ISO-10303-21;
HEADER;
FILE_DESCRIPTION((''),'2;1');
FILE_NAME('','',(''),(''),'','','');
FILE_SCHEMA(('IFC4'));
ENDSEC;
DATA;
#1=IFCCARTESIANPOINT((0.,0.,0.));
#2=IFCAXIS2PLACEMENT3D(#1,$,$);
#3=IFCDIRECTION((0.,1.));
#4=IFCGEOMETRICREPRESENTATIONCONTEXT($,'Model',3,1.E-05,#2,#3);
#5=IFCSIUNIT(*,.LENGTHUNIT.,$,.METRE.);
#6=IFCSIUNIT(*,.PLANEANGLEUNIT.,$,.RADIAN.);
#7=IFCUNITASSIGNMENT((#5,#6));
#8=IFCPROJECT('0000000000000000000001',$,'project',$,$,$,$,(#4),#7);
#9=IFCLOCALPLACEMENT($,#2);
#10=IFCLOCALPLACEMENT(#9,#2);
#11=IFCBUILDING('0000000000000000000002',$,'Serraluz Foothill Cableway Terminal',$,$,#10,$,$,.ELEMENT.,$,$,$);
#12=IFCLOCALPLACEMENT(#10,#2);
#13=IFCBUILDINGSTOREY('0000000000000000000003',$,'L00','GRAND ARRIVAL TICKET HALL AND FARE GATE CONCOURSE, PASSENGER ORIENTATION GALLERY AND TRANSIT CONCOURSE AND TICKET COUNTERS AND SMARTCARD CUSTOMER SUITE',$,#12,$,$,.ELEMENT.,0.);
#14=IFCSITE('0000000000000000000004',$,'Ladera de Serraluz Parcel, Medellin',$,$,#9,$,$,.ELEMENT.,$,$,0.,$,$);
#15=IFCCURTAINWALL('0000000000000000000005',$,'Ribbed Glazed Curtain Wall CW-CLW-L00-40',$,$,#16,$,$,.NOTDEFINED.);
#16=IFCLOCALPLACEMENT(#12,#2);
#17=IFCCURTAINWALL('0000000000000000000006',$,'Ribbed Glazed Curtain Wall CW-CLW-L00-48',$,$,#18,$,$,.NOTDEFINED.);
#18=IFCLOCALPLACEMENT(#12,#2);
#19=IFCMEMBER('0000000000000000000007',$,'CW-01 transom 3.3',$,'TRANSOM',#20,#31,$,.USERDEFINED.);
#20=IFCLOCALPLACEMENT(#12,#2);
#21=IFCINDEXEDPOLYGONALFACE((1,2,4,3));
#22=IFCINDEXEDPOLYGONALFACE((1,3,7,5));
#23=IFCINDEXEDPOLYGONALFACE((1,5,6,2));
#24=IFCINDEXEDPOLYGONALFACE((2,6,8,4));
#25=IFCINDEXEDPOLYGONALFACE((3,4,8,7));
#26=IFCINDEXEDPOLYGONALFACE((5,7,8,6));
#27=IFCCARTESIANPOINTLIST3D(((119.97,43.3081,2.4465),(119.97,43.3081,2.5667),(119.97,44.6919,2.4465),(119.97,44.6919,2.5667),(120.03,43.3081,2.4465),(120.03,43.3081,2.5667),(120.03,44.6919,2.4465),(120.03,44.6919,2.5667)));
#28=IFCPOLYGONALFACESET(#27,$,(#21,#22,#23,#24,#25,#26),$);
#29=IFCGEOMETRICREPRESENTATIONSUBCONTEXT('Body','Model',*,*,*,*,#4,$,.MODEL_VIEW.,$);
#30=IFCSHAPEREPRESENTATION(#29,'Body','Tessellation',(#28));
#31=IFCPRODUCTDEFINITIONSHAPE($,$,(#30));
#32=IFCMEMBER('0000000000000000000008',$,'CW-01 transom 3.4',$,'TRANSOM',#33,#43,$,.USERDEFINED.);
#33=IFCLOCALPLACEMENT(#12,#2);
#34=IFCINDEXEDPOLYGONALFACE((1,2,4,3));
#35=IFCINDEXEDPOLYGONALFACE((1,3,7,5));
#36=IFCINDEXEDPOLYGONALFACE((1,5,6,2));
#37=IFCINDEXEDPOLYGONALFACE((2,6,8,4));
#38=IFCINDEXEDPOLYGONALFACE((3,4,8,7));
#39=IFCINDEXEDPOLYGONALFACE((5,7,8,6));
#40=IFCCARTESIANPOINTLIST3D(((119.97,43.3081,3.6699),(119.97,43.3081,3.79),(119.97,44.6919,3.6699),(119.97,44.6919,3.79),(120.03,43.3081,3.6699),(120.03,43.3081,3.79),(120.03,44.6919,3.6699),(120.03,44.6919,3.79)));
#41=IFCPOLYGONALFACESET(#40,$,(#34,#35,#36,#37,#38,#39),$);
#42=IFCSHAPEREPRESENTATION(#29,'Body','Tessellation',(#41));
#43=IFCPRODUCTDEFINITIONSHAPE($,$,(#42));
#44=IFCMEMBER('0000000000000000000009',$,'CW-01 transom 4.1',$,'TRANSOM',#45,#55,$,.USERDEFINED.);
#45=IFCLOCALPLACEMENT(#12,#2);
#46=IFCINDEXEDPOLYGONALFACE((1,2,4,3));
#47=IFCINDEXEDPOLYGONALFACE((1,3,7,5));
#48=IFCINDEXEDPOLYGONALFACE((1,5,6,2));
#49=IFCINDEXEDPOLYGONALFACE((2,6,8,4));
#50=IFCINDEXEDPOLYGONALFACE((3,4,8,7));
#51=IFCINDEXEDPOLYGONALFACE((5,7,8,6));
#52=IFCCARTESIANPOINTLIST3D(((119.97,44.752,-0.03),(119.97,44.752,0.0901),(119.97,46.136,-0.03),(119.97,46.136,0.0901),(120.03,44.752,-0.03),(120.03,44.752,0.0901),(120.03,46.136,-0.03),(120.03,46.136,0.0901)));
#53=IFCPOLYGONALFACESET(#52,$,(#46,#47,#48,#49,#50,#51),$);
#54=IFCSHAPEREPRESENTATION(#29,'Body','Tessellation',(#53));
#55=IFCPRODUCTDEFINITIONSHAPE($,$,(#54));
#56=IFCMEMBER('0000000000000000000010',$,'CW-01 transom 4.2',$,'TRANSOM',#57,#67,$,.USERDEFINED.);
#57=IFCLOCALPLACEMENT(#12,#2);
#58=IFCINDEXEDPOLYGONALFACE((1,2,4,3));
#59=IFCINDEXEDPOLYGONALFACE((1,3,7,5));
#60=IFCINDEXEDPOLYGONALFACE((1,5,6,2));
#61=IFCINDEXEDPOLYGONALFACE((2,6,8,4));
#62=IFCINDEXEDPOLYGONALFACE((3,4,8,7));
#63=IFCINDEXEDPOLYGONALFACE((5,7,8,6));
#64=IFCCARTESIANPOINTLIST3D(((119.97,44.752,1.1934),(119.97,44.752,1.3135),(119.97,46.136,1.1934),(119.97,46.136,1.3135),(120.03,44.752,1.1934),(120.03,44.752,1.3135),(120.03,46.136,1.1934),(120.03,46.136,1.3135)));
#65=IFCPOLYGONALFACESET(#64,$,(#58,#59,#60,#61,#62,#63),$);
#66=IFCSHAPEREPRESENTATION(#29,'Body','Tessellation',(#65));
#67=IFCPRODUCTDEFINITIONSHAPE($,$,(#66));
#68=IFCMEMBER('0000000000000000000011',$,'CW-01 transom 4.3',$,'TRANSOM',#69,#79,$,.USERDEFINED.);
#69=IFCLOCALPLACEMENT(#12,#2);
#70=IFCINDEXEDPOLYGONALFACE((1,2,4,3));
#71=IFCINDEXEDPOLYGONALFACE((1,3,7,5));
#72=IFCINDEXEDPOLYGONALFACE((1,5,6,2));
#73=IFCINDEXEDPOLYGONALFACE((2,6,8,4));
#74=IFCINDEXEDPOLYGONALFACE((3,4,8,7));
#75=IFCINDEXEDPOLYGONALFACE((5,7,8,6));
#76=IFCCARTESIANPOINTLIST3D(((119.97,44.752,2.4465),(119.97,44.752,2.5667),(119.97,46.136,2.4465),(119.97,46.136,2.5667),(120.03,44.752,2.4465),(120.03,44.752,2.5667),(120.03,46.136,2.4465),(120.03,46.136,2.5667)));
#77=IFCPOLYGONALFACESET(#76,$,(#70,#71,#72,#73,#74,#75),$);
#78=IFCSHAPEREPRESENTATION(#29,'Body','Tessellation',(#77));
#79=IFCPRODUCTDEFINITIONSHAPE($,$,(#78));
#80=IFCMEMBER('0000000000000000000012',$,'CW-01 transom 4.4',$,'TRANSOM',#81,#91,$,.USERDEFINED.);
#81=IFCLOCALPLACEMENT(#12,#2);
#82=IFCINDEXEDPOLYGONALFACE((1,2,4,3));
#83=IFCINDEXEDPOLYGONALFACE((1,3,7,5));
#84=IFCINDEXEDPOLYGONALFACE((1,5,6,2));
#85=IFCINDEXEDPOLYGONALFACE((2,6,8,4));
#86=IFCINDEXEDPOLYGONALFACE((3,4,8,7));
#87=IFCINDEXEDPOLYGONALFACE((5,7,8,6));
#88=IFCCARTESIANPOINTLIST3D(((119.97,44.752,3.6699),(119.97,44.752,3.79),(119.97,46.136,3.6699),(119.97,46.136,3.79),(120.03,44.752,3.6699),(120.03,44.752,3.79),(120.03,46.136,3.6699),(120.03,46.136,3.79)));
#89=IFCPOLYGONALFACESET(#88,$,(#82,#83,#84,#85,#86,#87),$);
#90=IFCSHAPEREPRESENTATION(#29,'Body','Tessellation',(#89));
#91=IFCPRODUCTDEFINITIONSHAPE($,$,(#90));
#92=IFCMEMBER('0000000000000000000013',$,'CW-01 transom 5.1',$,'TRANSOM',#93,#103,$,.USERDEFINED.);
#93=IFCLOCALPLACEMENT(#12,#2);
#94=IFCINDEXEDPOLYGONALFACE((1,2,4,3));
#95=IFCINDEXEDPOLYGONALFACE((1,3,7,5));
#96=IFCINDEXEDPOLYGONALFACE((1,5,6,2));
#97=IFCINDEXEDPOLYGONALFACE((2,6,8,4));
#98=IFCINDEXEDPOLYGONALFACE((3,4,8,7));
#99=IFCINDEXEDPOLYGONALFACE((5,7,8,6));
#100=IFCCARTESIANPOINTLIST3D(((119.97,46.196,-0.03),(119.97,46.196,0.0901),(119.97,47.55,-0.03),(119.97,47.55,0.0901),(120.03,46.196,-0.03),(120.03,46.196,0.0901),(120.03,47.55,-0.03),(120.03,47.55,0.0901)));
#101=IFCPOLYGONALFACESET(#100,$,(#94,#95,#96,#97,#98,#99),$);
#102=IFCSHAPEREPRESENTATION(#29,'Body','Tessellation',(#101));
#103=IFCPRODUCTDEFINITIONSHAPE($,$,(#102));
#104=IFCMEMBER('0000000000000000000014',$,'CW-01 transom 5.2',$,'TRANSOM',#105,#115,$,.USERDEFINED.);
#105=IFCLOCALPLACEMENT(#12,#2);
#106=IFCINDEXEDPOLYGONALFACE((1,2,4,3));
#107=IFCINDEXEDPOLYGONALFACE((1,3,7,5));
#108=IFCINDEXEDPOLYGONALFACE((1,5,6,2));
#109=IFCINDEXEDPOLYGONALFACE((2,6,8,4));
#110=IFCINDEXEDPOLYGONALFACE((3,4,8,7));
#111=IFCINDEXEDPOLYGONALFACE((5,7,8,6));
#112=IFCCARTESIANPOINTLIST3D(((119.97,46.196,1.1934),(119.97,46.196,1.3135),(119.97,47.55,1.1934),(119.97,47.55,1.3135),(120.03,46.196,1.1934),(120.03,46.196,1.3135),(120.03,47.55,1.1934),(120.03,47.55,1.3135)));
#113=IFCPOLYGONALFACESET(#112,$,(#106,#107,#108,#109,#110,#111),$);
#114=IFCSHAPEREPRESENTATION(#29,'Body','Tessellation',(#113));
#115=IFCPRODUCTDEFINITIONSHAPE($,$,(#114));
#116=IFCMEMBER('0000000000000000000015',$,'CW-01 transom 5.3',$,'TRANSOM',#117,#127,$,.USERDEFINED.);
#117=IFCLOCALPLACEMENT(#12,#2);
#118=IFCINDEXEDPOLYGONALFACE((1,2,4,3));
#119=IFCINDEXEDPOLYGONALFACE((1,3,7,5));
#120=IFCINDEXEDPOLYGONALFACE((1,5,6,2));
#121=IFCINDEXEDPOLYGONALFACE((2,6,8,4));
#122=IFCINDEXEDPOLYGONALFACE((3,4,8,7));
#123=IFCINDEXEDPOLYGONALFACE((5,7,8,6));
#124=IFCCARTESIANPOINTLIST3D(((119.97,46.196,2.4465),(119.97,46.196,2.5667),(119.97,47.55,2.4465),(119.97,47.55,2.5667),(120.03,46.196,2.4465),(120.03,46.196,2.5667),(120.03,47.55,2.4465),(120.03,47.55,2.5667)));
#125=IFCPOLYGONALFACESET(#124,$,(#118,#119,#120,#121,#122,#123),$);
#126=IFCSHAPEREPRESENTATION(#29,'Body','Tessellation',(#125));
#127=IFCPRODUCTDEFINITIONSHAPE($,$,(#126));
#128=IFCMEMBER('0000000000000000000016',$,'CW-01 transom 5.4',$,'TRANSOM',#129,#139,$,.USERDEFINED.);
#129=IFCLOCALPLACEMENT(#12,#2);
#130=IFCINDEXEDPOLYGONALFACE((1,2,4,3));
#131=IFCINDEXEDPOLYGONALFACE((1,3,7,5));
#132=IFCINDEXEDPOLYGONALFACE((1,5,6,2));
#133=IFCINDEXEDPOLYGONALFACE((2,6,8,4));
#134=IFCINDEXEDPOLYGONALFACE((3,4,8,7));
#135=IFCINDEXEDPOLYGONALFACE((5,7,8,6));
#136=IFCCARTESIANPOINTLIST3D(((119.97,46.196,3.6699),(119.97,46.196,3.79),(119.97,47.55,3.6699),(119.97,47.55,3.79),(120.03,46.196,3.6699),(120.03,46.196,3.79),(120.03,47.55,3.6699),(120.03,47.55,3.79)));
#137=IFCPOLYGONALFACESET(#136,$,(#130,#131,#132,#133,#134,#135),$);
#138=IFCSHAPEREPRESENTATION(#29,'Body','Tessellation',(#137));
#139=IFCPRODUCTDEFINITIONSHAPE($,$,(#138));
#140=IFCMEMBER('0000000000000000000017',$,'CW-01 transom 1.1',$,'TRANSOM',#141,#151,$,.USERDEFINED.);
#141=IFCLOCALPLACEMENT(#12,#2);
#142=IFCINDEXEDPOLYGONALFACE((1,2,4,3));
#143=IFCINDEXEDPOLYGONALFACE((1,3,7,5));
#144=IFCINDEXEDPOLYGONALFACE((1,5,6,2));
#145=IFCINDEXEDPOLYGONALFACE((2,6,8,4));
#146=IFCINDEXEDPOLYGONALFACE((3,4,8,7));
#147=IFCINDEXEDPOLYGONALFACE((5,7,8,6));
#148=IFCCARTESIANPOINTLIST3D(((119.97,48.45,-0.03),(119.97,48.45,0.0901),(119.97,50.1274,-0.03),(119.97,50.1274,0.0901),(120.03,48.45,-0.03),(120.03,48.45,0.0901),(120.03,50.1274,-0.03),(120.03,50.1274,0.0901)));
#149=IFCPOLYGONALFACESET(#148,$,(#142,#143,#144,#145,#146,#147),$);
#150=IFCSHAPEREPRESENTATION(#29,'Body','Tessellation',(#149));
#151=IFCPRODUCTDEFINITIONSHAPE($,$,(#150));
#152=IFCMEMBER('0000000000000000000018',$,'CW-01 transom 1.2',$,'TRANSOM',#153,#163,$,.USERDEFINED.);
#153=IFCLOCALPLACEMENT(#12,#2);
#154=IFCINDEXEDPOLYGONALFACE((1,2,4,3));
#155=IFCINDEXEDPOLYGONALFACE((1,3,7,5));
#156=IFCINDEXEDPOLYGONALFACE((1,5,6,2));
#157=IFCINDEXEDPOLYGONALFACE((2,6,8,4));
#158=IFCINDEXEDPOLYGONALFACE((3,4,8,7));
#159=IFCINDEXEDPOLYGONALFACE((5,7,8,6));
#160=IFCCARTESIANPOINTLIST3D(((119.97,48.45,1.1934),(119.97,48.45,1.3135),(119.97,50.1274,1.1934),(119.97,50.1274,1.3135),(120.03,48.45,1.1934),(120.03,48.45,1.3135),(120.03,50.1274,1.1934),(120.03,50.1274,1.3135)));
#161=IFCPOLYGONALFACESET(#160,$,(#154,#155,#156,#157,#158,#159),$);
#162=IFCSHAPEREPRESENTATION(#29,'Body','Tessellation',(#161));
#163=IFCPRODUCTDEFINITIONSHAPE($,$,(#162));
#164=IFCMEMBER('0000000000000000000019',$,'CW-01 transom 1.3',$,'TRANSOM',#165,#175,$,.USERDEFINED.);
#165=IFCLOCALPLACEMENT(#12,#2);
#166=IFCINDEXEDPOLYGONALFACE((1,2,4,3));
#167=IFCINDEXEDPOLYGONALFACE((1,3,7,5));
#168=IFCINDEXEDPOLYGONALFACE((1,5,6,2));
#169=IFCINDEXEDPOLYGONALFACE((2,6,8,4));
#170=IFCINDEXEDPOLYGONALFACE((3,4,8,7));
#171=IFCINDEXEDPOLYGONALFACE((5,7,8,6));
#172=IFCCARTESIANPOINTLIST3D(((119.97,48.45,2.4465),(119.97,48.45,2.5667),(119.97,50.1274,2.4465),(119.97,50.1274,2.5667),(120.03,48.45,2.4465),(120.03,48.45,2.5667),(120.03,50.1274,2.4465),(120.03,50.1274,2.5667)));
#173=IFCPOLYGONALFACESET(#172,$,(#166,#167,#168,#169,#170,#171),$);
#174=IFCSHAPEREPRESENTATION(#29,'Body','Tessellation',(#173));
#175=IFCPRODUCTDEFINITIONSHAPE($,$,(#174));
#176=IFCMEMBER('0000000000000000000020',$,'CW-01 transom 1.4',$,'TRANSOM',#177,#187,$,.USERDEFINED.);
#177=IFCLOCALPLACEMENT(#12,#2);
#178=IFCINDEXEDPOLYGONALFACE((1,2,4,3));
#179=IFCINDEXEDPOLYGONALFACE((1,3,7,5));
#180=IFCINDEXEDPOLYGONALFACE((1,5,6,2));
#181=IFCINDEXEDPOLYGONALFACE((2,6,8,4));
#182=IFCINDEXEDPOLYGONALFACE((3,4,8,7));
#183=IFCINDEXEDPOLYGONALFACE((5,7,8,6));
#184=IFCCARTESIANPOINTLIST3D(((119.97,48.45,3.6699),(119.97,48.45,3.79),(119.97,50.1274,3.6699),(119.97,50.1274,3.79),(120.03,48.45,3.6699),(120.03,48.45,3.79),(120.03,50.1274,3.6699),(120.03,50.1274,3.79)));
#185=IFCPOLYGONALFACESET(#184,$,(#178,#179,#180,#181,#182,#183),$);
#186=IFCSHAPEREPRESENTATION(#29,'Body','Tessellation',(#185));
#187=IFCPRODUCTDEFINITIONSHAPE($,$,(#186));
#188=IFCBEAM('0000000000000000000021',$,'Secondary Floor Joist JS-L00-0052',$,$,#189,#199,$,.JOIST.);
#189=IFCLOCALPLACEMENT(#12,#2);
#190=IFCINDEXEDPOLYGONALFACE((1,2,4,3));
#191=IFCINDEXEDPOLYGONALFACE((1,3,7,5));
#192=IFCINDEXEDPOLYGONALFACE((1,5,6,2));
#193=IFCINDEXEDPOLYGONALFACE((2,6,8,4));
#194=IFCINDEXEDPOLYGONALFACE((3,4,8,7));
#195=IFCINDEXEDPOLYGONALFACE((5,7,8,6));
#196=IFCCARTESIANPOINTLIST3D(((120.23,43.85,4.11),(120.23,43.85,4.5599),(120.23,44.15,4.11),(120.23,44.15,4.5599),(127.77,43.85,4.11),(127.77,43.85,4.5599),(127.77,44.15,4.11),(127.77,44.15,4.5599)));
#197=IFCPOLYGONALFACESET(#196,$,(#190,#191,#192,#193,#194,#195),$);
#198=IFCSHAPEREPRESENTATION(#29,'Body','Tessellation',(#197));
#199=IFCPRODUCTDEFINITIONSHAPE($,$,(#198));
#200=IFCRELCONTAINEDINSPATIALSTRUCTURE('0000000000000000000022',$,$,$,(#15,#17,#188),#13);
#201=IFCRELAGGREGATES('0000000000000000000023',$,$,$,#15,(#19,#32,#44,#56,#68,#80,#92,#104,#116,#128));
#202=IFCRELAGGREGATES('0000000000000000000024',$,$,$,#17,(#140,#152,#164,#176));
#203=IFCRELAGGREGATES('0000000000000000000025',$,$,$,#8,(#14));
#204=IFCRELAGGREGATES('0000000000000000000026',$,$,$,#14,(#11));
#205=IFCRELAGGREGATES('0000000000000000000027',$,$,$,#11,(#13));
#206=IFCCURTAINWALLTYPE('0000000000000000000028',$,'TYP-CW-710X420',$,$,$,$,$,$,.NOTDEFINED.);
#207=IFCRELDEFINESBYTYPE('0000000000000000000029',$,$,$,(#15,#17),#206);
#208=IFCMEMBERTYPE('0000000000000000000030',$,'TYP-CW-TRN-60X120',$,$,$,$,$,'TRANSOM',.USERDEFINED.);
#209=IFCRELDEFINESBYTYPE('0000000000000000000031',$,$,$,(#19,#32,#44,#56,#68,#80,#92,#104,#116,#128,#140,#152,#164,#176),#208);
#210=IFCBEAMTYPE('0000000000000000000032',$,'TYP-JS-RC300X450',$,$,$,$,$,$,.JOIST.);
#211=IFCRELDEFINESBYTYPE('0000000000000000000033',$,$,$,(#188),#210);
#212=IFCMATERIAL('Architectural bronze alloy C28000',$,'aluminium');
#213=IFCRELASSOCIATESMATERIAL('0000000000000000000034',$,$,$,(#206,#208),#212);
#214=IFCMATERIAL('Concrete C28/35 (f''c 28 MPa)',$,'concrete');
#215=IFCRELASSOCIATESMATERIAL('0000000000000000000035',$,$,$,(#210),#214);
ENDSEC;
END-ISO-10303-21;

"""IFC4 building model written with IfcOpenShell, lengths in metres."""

from ifc_helpers import new_model, si_unit, direction, frame, origin, origin_2d, place, context, subcontext, project, spatial, rectangle, extrude, material, material_profile, profile_set, type_object, element, aggregate, save


model = new_model("IFC4")

# Units and contexts
model_context = context("Model", 3, precision=1e-05, world=origin(), true_north=direction((0.0, 1.0)))
body_context = subcontext(model_context, "Body", "Model", "MODEL_VIEW")
ifc_project = project(units=[si_unit("LENGTHUNIT", "METRE"), si_unit("PLANEANGLEUNIT", "RADIAN")], contexts=[model_context])

# Site, building, storey
site_placement = place(None, origin())
site = spatial("IfcSite", under=ifc_project, at=site_placement, Name="Ladera de Serraluz Parcel, Medellin", CompositionType="ELEMENT", RefElevation=0.0)
building_placement = place(site_placement, origin())
building = spatial("IfcBuilding", under=site, at=building_placement, Name="Serraluz Foothill Cableway Terminal", CompositionType="ELEMENT")
storey_placement = place(building_placement, origin())
storey = spatial("IfcBuildingStorey", under=building, at=storey_placement, Name="L00", Description="GRAND ARRIVAL TICKET HALL AND FARE GATE CONCOURSE, PASSENGER ORIENTATION GALLERY AND TRANSIT CONCOURSE AND TICKET COUNTERS AND SMARTCARD CUSTOMER SUITE", CompositionType="ELEMENT", Elevation=0.0)

# Shared definitions
ifc_material_1 = material(Name="Concrete C28/35 (f'c 28 MPa)", Category="concrete")

# Curtain wall
ifc_material_2 = material(Name="Architectural bronze alloy C28000", Category="aluminium")
curtain_wall_type = type_object("IfcCurtainWallType", Name="TYP-CW-710X420", PredefinedType="NOTDEFINED", material=ifc_material_2)
curtain_wall_1_placement = place(storey_placement, origin())
curtain_wall_1 = element("IfcCurtainWall", 1, at=curtain_wall_1_placement, inside=storey, type_object=curtain_wall_type, Name="Ribbed Glazed Curtain Wall CW-CLW-L00-40", PredefinedType="NOTDEFINED")

# Curtain wall
curtain_wall_2_placement = place(storey_placement, origin())
curtain_wall_2 = element("IfcCurtainWall", 2, at=curtain_wall_2_placement, inside=storey, type_object=curtain_wall_type, Name="Ribbed Glazed Curtain Wall CW-CLW-L00-48", PredefinedType="NOTDEFINED")

# Members
ifc_material_profile_1 = material_profile(ifc_material_2, rectangle(XDim=0.0601, YDim=0.1201, at=origin_2d()), Name="ALU TRANSOM 60x120")
ifc_profile_set_1 = profile_set([ifc_material_profile_1], Name="Architectural bronze alloy C28000")
member_type_1 = type_object("IfcMemberType", Name="TYP-CW-TRN-60X120", ElementType="TRANSOM", PredefinedType="USERDEFINED", material=ifc_profile_set_1)
member_1_placement = place(storey_placement, frame((120.0, 43.3081, 2.5066), z_axis=(0.0, 1.0, 0.0), x_axis=(-1.0, 0.0, 0.0)))
member_1 = element("IfcMember", 3, at=member_1_placement, type_object=member_type_1, Name="CW-01 transom 3.3", ObjectType="TRANSOM", PredefinedType="USERDEFINED", context=body_context, shape_type="SweptSolid", body=[
    extrude(rectangle(XDim=0.0601, YDim=0.1201, at=origin_2d()), origin(), (0.0, 0.0, 1.0), 1.3838),
])
member_2_placement = place(storey_placement, frame((120.0, 43.3081, 3.73), z_axis=(0.0, 1.0, 0.0), x_axis=(-1.0, 0.0, 0.0)))
member_2 = element("IfcMember", 4, at=member_2_placement, type_object=member_type_1, Name="CW-01 transom 3.4", ObjectType="TRANSOM", PredefinedType="USERDEFINED", context=body_context, shape_type="SweptSolid", body=[
    extrude(rectangle(XDim=0.0601, YDim=0.1201, at=origin_2d()), origin(), (0.0, 0.0, 1.0), 1.3838),
])
member_3_placement = place(storey_placement, frame((120.0, 44.752, 0.03), z_axis=(0.0, 1.0, 0.0), x_axis=(-1.0, 0.0, 0.0)))
member_3 = element("IfcMember", 5, at=member_3_placement, type_object=member_type_1, Name="CW-01 transom 4.1", ObjectType="TRANSOM", PredefinedType="USERDEFINED", context=body_context, shape_type="SweptSolid", body=[
    extrude(rectangle(XDim=0.0601, YDim=0.1201, at=origin_2d()), origin(), (0.0, 0.0, 1.0), 1.384),
])
member_4_placement = place(storey_placement, frame((120.0, 44.752, 1.2534), z_axis=(0.0, 1.0, 0.0), x_axis=(-1.0, 0.0, 0.0)))
member_4 = element("IfcMember", 6, at=member_4_placement, type_object=member_type_1, Name="CW-01 transom 4.2", ObjectType="TRANSOM", PredefinedType="USERDEFINED", context=body_context, shape_type="SweptSolid", body=[
    extrude(rectangle(XDim=0.0601, YDim=0.1201, at=origin_2d()), origin(), (0.0, 0.0, 1.0), 1.384),
])
member_5_placement = place(storey_placement, frame((120.0, 44.752, 2.5066), z_axis=(0.0, 1.0, 0.0), x_axis=(-1.0, 0.0, 0.0)))
member_5 = element("IfcMember", 7, at=member_5_placement, type_object=member_type_1, Name="CW-01 transom 4.3", ObjectType="TRANSOM", PredefinedType="USERDEFINED", context=body_context, shape_type="SweptSolid", body=[
    extrude(rectangle(XDim=0.0601, YDim=0.1201, at=origin_2d()), origin(), (0.0, 0.0, 1.0), 1.384),
])
member_6_placement = place(storey_placement, frame((120.0, 44.752, 3.73), z_axis=(0.0, 1.0, 0.0), x_axis=(-1.0, 0.0, 0.0)))
member_6 = element("IfcMember", 8, at=member_6_placement, type_object=member_type_1, Name="CW-01 transom 4.4", ObjectType="TRANSOM", PredefinedType="USERDEFINED", context=body_context, shape_type="SweptSolid", body=[
    extrude(rectangle(XDim=0.0601, YDim=0.1201, at=origin_2d()), origin(), (0.0, 0.0, 1.0), 1.384),
])
member_7_placement = place(storey_placement, frame((120.0, 46.196, 0.03), z_axis=(0.0, 1.0, 0.0), x_axis=(-1.0, 0.0, 0.0)))
member_7 = element("IfcMember", 9, at=member_7_placement, type_object=member_type_1, Name="CW-01 transom 5.1", ObjectType="TRANSOM", PredefinedType="USERDEFINED", context=body_context, shape_type="SweptSolid", body=[
    extrude(rectangle(XDim=0.0601, YDim=0.1201, at=origin_2d()), origin(), (0.0, 0.0, 1.0), 1.354),
])
member_8_placement = place(storey_placement, frame((120.0, 46.196, 1.2534), z_axis=(0.0, 1.0, 0.0), x_axis=(-1.0, 0.0, 0.0)))
member_8 = element("IfcMember", 10, at=member_8_placement, type_object=member_type_1, Name="CW-01 transom 5.2", ObjectType="TRANSOM", PredefinedType="USERDEFINED", context=body_context, shape_type="SweptSolid", body=[
    extrude(rectangle(XDim=0.0601, YDim=0.1201, at=origin_2d()), origin(), (0.0, 0.0, 1.0), 1.354),
])
member_9_placement = place(storey_placement, frame((120.0, 46.196, 2.5066), z_axis=(0.0, 1.0, 0.0), x_axis=(-1.0, 0.0, 0.0)))
member_9 = element("IfcMember", 11, at=member_9_placement, type_object=member_type_1, Name="CW-01 transom 5.3", ObjectType="TRANSOM", PredefinedType="USERDEFINED", context=body_context, shape_type="SweptSolid", body=[
    extrude(rectangle(XDim=0.0601, YDim=0.1201, at=origin_2d()), origin(), (0.0, 0.0, 1.0), 1.354),
])
member_10_placement = place(storey_placement, frame((120.0, 46.196, 3.73), z_axis=(0.0, 1.0, 0.0), x_axis=(-1.0, 0.0, 0.0)))
member_10 = element("IfcMember", 12, at=member_10_placement, type_object=member_type_1, Name="CW-01 transom 5.4", ObjectType="TRANSOM", PredefinedType="USERDEFINED", context=body_context, shape_type="SweptSolid", body=[
    extrude(rectangle(XDim=0.0601, YDim=0.1201, at=origin_2d()), origin(), (0.0, 0.0, 1.0), 1.354),
])
member_11_placement = place(storey_placement, frame((120.0, 48.45, 0.03), z_axis=(0.0, 1.0, 0.0), x_axis=(-1.0, 0.0, 0.0)))
member_11 = element("IfcMember", 13, at=member_11_placement, type_object=member_type_1, Name="CW-01 transom 1.1", ObjectType="TRANSOM", PredefinedType="USERDEFINED", context=body_context, shape_type="SweptSolid", body=[
    extrude(rectangle(XDim=0.0601, YDim=0.1201, at=origin_2d()), origin(), (0.0, 0.0, 1.0), 1.6775),
])
member_12_placement = place(storey_placement, frame((120.0, 48.45, 1.2534), z_axis=(0.0, 1.0, 0.0), x_axis=(-1.0, 0.0, 0.0)))
member_12 = element("IfcMember", 14, at=member_12_placement, type_object=member_type_1, Name="CW-01 transom 1.2", ObjectType="TRANSOM", PredefinedType="USERDEFINED", context=body_context, shape_type="SweptSolid", body=[
    extrude(rectangle(XDim=0.0601, YDim=0.1201, at=origin_2d()), origin(), (0.0, 0.0, 1.0), 1.6775),
])
member_13_placement = place(storey_placement, frame((120.0, 48.45, 2.5066), z_axis=(0.0, 1.0, 0.0), x_axis=(-1.0, 0.0, 0.0)))
member_13 = element("IfcMember", 15, at=member_13_placement, type_object=member_type_1, Name="CW-01 transom 1.3", ObjectType="TRANSOM", PredefinedType="USERDEFINED", context=body_context, shape_type="SweptSolid", body=[
    extrude(rectangle(XDim=0.0601, YDim=0.1201, at=origin_2d()), origin(), (0.0, 0.0, 1.0), 1.6775),
])
member_14_placement = place(storey_placement, frame((120.0, 48.45, 3.73), z_axis=(0.0, 1.0, 0.0), x_axis=(-1.0, 0.0, 0.0)))
member_14 = element("IfcMember", 16, at=member_14_placement, type_object=member_type_1, Name="CW-01 transom 1.4", ObjectType="TRANSOM", PredefinedType="USERDEFINED", context=body_context, shape_type="SweptSolid", body=[
    extrude(rectangle(XDim=0.0601, YDim=0.1201, at=origin_2d()), origin(), (0.0, 0.0, 1.0), 1.6775),
])

# Beam
ifc_material_profile_2 = material_profile(ifc_material_1, rectangle(XDim=0.3, YDim=0.45, at=origin_2d()), Name="RC 300x450")
ifc_profile_set_2 = profile_set([ifc_material_profile_2], Name="Concrete C28/35 (f'c 28 MPa)")
beam_type_1 = type_object("IfcBeamType", Name="TYP-JS-RC300X450", PredefinedType="JOIST", material=ifc_profile_set_2)
beam_1_placement = place(storey_placement, frame((120.23, 44.0, 4.335), z_axis=(1.0, 0.0, 0.0), x_axis=(0.0, 1.0, 0.0)))
element("IfcBeam", 17, at=beam_1_placement, inside=storey, type_object=beam_type_1, Name="Secondary Floor Joist JS-L00-0052", PredefinedType="JOIST", context=body_context, shape_type="SweptSolid", body=[
    extrude(rectangle(XDim=0.3, YDim=0.45, at=origin_2d()), origin(), (0.0, 0.0, 1.0), 7.54),
])

aggregate(curtain_wall_1, [member_1, member_2, member_3, member_4, member_5, member_6, member_7, member_8, member_9, member_10])
aggregate(curtain_wall_2, [member_11, member_12, member_13, member_14])

save(model, "model.ifc")
